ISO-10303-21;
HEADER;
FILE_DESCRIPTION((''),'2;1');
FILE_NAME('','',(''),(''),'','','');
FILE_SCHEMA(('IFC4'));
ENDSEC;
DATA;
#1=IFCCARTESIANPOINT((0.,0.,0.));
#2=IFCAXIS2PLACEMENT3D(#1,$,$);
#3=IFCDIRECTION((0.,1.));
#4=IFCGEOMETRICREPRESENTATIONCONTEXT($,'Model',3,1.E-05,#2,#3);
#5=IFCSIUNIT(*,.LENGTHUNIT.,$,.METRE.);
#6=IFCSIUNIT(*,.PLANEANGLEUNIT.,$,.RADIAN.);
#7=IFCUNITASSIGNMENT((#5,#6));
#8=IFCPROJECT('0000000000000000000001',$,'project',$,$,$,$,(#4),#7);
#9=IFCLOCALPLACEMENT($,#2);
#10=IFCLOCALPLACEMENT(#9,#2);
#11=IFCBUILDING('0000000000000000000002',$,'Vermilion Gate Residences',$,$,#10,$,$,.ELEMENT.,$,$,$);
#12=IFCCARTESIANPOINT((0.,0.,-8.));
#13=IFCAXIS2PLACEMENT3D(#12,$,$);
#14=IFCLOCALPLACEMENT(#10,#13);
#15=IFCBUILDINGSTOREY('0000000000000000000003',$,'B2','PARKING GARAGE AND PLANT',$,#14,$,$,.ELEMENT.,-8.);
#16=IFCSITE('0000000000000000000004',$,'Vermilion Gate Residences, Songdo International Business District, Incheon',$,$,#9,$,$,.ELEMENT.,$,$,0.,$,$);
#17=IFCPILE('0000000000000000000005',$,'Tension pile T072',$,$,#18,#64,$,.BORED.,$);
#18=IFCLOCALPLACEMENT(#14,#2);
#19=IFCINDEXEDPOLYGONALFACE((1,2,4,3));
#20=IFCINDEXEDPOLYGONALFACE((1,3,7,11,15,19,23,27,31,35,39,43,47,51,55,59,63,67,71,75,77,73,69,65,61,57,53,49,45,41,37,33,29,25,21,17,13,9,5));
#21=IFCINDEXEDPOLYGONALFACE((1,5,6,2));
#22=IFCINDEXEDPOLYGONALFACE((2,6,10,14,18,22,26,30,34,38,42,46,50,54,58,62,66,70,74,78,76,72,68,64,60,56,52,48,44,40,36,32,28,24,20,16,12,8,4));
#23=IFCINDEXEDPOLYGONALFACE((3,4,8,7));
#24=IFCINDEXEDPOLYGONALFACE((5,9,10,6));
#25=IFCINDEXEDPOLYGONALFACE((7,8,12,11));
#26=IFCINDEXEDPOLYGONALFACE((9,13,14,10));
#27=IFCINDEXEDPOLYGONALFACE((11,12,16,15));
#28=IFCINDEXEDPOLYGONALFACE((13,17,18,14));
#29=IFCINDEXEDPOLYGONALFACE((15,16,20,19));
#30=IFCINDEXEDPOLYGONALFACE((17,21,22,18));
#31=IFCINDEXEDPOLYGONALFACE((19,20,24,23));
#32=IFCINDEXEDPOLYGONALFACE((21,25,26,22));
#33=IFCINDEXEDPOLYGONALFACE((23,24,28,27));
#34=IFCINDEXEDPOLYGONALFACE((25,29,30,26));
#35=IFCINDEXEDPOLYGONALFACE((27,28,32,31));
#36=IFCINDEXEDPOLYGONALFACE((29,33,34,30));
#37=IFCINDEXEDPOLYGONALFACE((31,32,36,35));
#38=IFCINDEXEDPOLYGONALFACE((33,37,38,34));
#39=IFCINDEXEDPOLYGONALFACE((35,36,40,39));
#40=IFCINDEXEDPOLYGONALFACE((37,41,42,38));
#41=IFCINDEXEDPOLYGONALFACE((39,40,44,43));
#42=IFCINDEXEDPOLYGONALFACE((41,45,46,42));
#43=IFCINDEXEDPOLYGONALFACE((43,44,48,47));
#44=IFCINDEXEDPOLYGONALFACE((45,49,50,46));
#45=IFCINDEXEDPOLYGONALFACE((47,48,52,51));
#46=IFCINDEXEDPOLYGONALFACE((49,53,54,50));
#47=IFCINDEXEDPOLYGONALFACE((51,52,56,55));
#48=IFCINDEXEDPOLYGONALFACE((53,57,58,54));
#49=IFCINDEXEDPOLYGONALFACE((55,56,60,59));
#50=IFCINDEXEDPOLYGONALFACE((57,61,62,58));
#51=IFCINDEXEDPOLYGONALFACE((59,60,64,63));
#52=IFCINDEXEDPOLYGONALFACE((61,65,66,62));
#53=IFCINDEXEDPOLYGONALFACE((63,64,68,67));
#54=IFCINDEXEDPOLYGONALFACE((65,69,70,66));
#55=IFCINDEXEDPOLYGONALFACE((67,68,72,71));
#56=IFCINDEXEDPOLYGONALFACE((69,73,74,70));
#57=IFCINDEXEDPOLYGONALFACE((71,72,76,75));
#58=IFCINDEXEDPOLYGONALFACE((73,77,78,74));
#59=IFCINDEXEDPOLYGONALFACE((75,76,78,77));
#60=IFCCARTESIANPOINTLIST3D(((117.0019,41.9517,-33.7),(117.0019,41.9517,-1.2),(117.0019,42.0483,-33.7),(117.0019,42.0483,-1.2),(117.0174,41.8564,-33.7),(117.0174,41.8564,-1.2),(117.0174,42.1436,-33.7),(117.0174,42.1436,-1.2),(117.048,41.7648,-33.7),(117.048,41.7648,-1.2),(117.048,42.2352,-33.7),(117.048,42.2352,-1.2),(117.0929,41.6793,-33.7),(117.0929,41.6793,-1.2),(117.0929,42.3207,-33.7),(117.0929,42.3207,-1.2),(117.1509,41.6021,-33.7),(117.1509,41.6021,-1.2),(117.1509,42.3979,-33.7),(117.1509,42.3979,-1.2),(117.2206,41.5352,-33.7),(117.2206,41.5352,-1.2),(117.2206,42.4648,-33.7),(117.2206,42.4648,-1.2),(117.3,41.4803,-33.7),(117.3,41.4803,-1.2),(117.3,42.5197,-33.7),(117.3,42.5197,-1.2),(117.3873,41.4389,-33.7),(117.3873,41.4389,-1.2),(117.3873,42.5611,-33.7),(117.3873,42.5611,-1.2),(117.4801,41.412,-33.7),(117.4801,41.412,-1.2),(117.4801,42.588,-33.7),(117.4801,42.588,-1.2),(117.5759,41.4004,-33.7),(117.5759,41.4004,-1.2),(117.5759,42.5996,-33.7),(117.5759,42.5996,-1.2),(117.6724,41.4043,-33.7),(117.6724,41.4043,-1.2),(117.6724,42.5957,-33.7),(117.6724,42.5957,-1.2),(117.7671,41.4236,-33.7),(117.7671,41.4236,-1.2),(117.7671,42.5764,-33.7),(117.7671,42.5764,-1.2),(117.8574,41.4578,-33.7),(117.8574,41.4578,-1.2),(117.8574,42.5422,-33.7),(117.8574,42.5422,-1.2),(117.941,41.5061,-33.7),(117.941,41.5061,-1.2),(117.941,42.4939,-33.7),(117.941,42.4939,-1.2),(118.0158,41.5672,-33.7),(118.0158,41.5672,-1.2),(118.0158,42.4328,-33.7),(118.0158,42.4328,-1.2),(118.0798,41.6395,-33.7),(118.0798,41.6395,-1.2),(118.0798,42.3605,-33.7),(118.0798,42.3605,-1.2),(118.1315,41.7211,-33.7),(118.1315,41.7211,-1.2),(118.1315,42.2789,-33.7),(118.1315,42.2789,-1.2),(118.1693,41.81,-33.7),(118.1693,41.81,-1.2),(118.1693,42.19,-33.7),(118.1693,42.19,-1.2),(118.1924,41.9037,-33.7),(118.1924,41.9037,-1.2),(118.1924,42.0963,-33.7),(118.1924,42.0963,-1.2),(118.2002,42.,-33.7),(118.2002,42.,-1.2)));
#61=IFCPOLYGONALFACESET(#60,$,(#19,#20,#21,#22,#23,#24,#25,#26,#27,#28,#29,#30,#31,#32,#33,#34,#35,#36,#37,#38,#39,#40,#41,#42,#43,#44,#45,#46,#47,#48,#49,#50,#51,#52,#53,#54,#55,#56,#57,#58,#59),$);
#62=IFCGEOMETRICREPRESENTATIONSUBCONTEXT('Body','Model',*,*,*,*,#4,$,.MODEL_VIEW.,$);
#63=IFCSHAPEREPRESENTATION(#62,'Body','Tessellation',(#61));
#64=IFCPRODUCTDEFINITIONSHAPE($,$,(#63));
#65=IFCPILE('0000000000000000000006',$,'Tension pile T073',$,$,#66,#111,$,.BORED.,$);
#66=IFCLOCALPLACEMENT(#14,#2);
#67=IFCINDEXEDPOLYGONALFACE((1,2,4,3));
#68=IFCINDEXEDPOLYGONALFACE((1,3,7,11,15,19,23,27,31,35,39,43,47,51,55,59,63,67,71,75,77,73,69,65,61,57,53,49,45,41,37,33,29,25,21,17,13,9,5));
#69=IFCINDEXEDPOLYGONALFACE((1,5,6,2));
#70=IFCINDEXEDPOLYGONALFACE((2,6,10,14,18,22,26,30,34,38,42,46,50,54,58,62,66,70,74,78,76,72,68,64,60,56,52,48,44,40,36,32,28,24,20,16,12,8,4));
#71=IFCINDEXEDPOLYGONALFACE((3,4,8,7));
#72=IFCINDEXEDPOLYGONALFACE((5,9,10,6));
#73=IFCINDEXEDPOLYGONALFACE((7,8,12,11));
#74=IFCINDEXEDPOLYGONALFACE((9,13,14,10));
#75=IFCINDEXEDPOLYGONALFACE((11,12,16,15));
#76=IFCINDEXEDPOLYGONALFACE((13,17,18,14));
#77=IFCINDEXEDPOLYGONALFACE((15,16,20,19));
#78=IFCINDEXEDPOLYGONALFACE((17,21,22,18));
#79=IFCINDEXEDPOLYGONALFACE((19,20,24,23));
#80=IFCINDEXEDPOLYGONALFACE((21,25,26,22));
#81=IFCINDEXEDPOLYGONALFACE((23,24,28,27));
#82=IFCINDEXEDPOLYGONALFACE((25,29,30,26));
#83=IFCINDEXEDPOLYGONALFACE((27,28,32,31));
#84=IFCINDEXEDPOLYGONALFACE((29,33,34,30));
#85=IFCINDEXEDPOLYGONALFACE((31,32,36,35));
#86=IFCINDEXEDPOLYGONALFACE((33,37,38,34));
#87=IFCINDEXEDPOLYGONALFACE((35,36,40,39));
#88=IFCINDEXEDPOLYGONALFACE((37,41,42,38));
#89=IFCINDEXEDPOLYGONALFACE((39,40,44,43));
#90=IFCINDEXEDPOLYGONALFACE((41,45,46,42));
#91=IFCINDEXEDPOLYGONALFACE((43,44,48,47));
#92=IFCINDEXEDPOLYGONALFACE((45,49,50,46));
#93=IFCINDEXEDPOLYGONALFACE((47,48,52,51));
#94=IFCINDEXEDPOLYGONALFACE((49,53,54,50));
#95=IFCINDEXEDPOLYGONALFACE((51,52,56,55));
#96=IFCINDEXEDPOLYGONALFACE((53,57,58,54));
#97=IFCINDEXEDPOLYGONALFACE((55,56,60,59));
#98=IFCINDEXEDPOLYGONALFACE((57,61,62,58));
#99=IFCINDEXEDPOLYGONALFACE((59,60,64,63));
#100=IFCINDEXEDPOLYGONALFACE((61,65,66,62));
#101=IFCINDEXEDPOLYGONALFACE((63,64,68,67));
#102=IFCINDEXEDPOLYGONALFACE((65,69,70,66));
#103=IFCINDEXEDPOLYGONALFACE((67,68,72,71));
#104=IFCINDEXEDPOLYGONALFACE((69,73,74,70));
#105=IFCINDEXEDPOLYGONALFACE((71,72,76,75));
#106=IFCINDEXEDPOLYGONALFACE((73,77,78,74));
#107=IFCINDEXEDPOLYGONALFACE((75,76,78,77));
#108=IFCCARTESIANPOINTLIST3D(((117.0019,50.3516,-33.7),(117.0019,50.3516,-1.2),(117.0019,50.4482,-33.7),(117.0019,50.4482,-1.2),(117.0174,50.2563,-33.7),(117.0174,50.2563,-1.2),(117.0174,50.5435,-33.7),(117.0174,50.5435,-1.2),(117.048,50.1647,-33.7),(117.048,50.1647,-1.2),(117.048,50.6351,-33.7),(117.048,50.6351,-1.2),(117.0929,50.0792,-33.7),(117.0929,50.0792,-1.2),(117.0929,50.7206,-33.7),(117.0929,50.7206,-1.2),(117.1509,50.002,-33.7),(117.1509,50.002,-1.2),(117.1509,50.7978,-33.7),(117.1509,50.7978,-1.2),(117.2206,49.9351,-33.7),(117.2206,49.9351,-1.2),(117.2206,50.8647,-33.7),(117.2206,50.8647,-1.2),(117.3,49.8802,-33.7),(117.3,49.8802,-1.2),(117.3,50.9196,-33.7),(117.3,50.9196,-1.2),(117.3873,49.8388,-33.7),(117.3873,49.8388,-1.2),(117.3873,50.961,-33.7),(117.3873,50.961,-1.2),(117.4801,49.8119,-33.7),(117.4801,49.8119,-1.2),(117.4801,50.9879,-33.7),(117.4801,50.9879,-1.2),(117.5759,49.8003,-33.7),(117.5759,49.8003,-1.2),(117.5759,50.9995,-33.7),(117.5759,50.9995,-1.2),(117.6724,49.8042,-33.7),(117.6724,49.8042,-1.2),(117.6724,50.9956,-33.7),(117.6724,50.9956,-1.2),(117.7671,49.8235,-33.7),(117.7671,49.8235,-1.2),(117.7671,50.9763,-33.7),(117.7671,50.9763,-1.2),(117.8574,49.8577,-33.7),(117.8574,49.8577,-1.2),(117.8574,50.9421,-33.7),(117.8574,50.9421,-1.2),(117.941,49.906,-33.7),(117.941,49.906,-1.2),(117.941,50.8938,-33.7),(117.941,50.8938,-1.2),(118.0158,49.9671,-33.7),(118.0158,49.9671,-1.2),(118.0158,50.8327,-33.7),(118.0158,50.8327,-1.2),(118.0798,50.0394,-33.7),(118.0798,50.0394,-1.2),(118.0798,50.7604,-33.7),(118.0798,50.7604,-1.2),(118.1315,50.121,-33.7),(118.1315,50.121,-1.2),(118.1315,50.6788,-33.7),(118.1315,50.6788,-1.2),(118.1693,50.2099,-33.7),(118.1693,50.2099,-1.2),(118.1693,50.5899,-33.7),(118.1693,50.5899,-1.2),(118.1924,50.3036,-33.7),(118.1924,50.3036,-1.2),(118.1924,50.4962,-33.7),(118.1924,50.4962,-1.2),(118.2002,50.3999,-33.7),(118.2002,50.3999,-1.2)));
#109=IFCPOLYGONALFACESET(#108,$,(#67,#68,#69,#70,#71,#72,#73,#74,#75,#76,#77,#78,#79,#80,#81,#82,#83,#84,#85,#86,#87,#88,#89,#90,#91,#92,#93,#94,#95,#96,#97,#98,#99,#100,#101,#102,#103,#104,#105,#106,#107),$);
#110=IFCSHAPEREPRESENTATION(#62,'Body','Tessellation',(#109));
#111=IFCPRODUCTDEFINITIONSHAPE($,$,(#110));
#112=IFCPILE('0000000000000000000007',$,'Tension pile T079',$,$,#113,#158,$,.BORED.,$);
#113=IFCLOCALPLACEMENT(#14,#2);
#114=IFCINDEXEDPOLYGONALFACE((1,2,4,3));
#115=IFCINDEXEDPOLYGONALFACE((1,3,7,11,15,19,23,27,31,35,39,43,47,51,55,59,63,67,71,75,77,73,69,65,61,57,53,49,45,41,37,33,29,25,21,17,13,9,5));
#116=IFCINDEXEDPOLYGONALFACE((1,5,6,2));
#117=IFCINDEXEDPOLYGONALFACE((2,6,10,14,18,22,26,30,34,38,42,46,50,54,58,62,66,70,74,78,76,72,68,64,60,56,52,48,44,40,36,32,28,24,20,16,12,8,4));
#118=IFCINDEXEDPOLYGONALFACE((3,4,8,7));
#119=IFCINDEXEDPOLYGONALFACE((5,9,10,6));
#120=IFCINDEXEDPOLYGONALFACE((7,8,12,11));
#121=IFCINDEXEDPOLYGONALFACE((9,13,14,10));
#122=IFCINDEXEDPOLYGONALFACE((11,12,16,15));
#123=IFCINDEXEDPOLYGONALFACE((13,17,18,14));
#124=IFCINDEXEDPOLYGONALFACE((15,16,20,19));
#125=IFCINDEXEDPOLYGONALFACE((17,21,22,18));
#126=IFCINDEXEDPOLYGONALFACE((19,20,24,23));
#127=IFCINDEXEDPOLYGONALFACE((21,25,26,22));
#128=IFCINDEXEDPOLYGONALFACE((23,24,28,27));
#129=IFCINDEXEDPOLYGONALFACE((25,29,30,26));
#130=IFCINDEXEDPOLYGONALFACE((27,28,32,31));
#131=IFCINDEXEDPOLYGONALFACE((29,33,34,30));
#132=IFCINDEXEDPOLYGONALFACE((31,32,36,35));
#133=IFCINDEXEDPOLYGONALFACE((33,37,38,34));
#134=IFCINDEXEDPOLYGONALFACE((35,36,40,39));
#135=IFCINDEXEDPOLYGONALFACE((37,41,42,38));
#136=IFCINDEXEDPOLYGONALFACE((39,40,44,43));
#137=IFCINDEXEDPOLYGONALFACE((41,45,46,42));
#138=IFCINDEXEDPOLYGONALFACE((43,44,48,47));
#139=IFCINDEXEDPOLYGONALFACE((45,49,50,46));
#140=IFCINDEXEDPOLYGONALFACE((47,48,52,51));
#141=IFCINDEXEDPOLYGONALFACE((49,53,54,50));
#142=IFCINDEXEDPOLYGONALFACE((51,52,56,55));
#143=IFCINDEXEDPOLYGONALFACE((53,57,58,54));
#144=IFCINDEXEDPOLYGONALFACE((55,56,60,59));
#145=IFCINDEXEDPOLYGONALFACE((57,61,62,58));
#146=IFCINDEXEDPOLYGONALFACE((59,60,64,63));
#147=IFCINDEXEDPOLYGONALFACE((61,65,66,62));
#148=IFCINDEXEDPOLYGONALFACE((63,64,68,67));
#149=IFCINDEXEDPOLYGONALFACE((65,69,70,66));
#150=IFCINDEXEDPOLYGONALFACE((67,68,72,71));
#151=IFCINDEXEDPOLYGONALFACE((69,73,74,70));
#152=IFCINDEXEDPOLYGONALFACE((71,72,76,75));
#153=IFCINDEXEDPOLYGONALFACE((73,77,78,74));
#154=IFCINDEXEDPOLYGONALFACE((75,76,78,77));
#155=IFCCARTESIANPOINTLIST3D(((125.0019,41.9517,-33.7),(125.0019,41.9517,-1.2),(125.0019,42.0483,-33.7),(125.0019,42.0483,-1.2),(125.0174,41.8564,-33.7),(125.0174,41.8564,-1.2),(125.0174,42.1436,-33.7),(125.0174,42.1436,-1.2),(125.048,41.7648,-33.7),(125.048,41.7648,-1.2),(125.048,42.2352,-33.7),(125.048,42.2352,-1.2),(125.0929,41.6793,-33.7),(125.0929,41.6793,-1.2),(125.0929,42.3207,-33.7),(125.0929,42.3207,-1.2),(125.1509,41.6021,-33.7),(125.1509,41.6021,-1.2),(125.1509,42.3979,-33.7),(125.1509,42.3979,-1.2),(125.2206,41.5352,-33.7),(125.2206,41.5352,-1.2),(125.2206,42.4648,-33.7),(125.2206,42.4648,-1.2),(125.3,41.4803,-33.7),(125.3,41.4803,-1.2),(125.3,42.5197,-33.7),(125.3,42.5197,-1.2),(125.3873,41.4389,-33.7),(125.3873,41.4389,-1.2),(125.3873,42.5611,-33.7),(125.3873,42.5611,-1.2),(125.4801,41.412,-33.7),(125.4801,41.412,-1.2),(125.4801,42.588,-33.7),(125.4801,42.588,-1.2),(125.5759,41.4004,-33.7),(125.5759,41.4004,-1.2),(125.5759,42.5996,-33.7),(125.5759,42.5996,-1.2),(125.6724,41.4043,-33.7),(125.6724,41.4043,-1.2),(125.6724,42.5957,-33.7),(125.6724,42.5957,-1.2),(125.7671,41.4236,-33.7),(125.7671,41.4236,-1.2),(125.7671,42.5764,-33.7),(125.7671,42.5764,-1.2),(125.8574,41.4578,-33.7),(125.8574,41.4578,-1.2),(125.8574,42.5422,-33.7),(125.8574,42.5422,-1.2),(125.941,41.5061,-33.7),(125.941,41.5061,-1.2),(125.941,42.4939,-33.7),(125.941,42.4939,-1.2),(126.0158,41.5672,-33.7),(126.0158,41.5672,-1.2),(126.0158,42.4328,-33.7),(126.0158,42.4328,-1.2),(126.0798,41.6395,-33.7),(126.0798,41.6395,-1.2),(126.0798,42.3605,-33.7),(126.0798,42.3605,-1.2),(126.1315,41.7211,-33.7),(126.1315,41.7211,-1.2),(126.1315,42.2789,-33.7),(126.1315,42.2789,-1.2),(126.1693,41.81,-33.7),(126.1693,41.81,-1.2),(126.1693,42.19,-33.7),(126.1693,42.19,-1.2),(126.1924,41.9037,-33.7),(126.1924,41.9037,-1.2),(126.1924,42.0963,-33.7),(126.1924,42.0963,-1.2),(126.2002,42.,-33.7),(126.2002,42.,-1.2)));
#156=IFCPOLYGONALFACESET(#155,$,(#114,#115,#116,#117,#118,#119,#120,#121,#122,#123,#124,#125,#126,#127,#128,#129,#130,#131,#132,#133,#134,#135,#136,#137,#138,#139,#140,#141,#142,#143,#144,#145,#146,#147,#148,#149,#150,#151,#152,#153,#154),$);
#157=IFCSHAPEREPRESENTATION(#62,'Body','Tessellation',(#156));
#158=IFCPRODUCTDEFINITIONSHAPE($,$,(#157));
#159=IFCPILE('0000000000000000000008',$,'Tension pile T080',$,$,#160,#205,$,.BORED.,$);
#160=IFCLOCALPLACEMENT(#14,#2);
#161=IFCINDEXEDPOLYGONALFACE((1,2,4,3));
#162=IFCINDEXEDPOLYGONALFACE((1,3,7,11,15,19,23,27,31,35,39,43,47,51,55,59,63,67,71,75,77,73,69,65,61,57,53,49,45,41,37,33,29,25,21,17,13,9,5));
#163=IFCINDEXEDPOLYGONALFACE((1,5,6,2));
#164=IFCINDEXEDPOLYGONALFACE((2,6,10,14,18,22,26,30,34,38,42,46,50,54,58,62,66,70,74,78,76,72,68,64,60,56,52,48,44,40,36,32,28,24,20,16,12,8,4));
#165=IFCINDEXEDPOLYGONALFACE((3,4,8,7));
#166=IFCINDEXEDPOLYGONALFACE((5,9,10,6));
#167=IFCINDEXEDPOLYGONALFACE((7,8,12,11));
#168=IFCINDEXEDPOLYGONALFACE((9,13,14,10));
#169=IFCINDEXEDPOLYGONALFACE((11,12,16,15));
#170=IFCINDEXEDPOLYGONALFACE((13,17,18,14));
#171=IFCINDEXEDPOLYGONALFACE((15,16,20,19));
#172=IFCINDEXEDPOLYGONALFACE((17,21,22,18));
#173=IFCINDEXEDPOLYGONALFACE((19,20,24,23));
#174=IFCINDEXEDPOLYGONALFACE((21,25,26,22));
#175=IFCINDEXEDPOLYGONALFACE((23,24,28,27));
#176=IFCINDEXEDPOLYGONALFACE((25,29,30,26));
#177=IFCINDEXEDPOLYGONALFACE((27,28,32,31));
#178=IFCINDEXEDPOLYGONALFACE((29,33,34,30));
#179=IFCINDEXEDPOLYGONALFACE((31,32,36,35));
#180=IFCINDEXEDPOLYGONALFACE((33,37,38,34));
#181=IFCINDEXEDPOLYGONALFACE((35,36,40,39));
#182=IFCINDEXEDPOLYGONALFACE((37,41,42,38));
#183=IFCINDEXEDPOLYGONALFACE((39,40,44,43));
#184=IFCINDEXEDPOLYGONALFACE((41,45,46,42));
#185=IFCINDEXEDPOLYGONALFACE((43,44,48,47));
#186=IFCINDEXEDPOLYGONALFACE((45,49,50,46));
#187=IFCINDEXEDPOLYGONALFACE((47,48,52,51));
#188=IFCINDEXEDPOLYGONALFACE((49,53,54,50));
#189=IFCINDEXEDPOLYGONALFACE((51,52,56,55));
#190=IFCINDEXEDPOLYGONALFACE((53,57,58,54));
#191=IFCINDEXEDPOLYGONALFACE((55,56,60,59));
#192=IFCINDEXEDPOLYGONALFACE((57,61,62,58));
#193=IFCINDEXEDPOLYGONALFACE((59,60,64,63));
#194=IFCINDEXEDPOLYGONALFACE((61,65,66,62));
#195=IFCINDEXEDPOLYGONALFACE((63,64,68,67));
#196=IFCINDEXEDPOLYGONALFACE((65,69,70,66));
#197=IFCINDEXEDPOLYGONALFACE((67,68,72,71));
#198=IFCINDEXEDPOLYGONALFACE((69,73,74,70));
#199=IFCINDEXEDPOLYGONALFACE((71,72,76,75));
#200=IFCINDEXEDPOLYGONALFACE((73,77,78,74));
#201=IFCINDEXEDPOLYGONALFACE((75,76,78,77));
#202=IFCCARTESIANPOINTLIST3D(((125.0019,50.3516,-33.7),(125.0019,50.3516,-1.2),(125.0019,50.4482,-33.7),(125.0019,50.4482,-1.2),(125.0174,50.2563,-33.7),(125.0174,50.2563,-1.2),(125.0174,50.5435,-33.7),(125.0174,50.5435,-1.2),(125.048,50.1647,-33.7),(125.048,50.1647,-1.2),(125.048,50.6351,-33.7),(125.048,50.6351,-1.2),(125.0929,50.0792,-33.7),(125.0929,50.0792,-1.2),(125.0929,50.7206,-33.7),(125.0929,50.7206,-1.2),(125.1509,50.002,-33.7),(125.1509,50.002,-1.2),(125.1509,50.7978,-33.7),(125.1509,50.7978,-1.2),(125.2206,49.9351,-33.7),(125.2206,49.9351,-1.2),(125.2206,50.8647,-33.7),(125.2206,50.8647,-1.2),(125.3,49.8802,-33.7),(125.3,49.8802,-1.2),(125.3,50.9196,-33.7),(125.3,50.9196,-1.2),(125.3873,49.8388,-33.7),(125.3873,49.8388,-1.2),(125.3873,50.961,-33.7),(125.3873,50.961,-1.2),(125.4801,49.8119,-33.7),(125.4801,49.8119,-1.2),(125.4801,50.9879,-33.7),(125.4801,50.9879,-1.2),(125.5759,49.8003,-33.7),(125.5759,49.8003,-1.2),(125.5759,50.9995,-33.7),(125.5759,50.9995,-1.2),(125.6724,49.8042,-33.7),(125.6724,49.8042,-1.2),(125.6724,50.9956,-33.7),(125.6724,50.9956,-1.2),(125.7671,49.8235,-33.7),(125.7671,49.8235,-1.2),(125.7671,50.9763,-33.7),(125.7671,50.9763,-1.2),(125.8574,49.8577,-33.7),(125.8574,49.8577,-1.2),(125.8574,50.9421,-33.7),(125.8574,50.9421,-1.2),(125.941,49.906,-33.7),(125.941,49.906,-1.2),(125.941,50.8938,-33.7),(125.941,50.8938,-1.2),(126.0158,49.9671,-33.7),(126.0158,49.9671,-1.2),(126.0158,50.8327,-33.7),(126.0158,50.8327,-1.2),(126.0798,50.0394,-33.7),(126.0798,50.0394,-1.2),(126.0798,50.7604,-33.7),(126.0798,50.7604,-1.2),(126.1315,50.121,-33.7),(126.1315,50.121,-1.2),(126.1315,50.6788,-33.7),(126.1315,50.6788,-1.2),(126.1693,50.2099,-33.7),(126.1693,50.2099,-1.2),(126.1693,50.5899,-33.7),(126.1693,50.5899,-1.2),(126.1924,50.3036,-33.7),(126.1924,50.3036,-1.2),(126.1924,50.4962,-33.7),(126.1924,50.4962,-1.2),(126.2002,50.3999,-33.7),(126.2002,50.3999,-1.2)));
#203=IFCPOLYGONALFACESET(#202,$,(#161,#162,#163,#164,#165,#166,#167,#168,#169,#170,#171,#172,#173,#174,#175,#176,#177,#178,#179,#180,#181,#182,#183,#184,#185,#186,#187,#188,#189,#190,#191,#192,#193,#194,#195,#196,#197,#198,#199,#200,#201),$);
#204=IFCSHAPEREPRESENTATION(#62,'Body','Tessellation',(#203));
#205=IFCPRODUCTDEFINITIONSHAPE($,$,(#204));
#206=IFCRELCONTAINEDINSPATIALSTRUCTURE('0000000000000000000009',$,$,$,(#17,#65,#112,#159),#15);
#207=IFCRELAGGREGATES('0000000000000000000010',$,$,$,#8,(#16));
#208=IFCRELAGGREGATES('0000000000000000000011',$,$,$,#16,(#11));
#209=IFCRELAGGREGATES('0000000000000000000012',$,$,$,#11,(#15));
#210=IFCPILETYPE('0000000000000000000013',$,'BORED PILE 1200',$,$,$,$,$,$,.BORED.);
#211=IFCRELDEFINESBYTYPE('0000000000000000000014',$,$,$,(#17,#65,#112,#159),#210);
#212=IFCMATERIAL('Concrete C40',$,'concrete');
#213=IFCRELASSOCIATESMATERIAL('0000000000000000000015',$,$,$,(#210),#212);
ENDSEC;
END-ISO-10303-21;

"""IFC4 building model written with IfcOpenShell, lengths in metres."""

from ifc_helpers import new_model, si_unit, direction, frame, origin, origin_2d, place, context, subcontext, project, spatial, circle, extrude, material, material_profile, profile_set, type_object, element, save


model = new_model("IFC4")

# Units and contexts
model_context = context("Model", 3, precision=1e-05, world=origin(), true_north=direction((0.0, 1.0)))
body_context = subcontext(model_context, "Body", "Model", "MODEL_VIEW")
ifc_project = project(units=[si_unit("LENGTHUNIT", "METRE"), si_unit("PLANEANGLEUNIT", "RADIAN")], contexts=[model_context])

# Site, building, storey
site_placement = place(None, origin())
site = spatial("IfcSite", under=ifc_project, at=site_placement, Name="Vermilion Gate Residences, Songdo International Business District, Incheon", CompositionType="ELEMENT", RefElevation=0.0)
building_placement = place(site_placement, origin())
building = spatial("IfcBuilding", under=site, at=building_placement, Name="Vermilion Gate Residences", CompositionType="ELEMENT")
storey_placement = place(building_placement, frame((0.0, 0.0, -8.0)))
storey = spatial("IfcBuildingStorey", under=building, at=storey_placement, Name="B2", Description="PARKING GARAGE AND PLANT", CompositionType="ELEMENT", Elevation=-8.0)

# Piles
ifc_material_1 = material(Name="Concrete C40", Category="concrete")
ifc_material_profile_1 = material_profile(ifc_material_1, circle(Radius=0.6001, at=origin_2d()), Name="BORED PILE 1200")
ifc_profile_set_1 = profile_set([ifc_material_profile_1], Name="Concrete C40")
pile_type = type_object("IfcPileType", Name="BORED PILE 1200", PredefinedType="BORED", material=ifc_profile_set_1)
for number, where, z_axis, x_axis, name in (
    (1, (117.6001, 42.0, -1.2), (0.0, 0.0, -1.0), (1.0, 0.0, 0.0), "Tension pile T072"),
    (2, (117.6001, 50.3999, -1.2), (0.0, 0.0, -1.0), (1.0, 0.0, 0.0), "Tension pile T073"),
    (3, (125.6001, 42.0, -1.2), (0.0, 0.0, -1.0), (1.0, 0.0, 0.0), "Tension pile T079"),
    (4, (125.6001, 50.3999, -1.2), (0.0, 0.0, -1.0), (1.0, 0.0, 0.0), "Tension pile T080"),
):
    element("IfcPile", number, at=place(storey_placement, frame(where, z_axis=z_axis, x_axis=x_axis)), inside=storey, type_object=pile_type, Name=name, PredefinedType="BORED", context=body_context, shape_type="SweptSolid", body=[
        extrude(circle(Radius=0.6001, at=origin_2d()), origin(), (0.0, 0.0, 1.0), 32.5),
    ])

save(model, "model.ifc")
